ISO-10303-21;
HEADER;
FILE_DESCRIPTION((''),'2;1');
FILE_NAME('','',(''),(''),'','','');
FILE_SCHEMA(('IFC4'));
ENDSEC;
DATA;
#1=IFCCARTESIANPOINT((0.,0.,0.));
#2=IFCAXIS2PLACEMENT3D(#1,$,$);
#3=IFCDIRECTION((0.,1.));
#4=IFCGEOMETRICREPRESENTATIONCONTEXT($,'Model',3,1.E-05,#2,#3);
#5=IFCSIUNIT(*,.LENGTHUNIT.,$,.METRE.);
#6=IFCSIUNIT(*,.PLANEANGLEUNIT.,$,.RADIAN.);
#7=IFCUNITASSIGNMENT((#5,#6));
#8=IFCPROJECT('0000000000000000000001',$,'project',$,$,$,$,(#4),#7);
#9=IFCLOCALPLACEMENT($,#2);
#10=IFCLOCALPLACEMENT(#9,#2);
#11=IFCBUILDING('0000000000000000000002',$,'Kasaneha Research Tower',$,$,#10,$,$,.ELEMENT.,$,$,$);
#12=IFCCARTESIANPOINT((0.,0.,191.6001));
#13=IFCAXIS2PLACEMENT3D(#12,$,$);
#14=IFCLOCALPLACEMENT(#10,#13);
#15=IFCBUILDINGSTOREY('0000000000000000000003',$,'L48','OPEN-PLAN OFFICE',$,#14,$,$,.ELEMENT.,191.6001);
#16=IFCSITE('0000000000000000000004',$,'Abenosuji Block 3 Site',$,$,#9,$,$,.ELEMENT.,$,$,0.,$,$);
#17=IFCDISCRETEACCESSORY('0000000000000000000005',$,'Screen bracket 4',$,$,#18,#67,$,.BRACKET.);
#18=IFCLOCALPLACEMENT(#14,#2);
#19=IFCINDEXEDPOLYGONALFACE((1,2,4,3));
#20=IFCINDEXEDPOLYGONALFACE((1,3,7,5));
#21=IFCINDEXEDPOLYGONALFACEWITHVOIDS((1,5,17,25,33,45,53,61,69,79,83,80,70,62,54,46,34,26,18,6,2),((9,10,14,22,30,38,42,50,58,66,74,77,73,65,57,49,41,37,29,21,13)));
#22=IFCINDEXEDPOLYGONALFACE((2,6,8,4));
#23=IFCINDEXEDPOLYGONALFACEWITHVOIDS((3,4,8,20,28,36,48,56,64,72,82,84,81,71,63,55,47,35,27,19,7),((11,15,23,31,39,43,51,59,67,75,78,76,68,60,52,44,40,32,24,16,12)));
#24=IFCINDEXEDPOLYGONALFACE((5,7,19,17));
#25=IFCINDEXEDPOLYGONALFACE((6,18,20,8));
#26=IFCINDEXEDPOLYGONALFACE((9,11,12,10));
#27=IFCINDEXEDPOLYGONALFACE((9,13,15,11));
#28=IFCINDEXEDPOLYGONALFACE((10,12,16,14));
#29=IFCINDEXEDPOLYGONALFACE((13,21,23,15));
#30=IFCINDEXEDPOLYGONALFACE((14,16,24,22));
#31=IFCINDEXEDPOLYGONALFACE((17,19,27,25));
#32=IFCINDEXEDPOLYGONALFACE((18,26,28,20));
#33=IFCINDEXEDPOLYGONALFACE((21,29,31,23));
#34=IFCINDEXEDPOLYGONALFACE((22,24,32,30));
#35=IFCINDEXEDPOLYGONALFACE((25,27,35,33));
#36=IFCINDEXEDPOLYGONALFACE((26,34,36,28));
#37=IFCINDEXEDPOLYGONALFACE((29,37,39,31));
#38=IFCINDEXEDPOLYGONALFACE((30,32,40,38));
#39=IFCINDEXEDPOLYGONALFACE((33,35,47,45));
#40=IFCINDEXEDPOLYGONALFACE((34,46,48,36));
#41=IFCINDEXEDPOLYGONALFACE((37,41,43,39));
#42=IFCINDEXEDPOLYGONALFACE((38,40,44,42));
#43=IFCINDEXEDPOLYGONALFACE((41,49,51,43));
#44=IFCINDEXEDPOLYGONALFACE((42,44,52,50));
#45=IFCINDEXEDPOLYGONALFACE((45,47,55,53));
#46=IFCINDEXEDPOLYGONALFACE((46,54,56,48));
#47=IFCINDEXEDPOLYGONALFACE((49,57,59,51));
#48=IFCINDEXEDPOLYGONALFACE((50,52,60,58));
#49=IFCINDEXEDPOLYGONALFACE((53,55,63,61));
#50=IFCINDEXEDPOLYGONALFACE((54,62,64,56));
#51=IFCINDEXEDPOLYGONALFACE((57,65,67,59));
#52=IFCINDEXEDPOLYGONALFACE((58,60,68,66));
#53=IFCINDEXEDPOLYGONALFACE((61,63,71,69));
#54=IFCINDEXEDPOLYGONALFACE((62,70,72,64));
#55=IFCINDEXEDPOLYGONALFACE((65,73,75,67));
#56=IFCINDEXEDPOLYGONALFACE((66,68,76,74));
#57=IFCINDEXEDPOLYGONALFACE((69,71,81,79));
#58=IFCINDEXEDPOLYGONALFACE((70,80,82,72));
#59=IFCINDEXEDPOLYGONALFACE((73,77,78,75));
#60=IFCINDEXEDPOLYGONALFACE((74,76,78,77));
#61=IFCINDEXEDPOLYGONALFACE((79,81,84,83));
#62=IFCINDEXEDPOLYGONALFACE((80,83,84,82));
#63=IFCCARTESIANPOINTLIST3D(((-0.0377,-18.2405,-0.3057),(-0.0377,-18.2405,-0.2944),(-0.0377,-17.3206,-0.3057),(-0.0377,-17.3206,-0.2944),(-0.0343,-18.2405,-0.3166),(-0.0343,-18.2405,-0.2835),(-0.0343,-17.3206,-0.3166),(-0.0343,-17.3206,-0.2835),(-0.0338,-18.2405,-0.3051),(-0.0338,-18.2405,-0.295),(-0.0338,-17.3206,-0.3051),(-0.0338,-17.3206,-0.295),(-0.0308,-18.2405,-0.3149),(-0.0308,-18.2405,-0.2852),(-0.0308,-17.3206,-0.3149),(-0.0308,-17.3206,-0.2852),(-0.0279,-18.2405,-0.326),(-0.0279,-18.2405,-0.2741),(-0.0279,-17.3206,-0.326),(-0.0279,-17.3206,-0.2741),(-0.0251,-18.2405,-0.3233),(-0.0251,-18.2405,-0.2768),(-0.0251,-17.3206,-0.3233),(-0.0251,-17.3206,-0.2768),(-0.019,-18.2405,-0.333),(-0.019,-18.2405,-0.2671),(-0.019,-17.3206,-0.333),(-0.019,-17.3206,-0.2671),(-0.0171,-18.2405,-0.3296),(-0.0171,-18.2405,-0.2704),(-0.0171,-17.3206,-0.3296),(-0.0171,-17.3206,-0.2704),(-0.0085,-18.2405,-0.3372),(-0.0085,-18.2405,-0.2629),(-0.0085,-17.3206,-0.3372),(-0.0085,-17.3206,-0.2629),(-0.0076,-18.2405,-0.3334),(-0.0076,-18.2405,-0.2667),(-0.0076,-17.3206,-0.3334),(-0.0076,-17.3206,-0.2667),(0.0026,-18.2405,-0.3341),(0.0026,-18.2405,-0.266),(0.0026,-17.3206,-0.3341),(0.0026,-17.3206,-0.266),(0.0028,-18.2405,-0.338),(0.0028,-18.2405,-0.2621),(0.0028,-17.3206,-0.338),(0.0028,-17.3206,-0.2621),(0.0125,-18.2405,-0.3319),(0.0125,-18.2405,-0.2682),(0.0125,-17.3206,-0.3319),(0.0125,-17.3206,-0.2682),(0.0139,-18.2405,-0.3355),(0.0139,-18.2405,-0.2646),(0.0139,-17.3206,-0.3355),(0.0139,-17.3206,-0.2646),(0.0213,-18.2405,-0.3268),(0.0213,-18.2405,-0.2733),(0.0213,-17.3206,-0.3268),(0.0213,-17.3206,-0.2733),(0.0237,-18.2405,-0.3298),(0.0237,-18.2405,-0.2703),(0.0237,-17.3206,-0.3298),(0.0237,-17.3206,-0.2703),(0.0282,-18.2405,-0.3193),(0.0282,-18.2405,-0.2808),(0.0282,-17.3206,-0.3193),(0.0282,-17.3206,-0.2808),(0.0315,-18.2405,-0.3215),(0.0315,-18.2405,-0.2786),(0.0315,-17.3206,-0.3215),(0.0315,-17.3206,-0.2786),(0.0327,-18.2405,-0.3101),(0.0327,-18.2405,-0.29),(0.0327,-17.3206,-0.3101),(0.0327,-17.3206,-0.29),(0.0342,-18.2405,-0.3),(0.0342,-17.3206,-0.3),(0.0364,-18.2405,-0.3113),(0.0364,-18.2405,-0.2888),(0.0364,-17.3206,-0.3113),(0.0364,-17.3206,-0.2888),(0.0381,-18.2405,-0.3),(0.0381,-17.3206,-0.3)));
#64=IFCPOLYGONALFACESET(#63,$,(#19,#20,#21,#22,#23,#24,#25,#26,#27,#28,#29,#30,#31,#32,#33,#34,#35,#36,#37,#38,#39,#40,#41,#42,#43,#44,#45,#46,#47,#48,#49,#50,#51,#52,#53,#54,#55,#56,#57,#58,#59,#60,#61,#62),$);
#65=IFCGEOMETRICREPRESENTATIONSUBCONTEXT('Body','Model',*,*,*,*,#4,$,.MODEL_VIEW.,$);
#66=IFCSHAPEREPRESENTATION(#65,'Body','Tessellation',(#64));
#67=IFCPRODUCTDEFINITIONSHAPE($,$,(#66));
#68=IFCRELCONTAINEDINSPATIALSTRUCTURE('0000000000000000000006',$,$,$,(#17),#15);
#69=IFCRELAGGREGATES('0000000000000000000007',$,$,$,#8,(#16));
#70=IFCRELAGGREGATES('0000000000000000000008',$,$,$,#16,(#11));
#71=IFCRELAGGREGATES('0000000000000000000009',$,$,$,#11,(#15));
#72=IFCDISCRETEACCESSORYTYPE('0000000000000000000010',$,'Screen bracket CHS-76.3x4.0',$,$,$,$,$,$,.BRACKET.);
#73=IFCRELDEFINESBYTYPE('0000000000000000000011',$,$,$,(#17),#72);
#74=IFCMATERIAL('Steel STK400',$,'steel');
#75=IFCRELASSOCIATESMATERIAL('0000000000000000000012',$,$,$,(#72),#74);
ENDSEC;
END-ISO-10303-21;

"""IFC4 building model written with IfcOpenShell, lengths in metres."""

from ifc_helpers import new_model, si_unit, direction, frame, origin, origin_2d, place, context, subcontext, project, spatial, hollow_circle, extrude, material, material_profile, profile_set, type_object, element, save


model = new_model("IFC4")

# Units and contexts
model_context = context("Model", 3, precision=1e-05, world=origin(), true_north=direction((0.0, 1.0)))
body_context = subcontext(model_context, "Body", "Model", "MODEL_VIEW")
ifc_project = project(units=[si_unit("LENGTHUNIT", "METRE"), si_unit("PLANEANGLEUNIT", "RADIAN")], contexts=[model_context])

# Site, building, storey
site_placement = place(None, origin())
site = spatial("IfcSite", under=ifc_project, at=site_placement, Name="Abenosuji Block 3 Site", CompositionType="ELEMENT", RefElevation=0.0)
building_placement = place(site_placement, origin())
building = spatial("IfcBuilding", under=site, at=building_placement, Name="Kasaneha Research Tower", CompositionType="ELEMENT")
storey_placement = place(building_placement, frame((0.0, 0.0, 191.6001)))
storey = spatial("IfcBuildingStorey", under=building, at=storey_placement, Name="L48", Description="OPEN-PLAN OFFICE", CompositionType="ELEMENT", Elevation=191.6001)

# Discrete accessory
ifc_material_1 = material(Name="Steel STK400", Category="steel")
ifc_material_profile_1 = material_profile(ifc_material_1, hollow_circle(Radius=0.0381, WallThickness=0.0039, at=origin_2d()), Name="CHS-76.3x4.0")
ifc_profile_set_1 = profile_set([ifc_material_profile_1], Name="Steel STK400")
discrete_accessory_type = type_object("IfcDiscreteAccessoryType", Name="Screen bracket CHS-76.3x4.0", PredefinedType="BRACKET", material=ifc_profile_set_1)
for number, where, z_axis, x_axis, name in (
    (1, (0.0, -17.3206, -0.3), (0.0, -1.0, 0.0), (1.0, 0.0, 0.0), "Screen bracket 4"),
):
    element("IfcDiscreteAccessory", number, at=place(storey_placement, frame(where, z_axis=z_axis, x_axis=x_axis)), inside=storey, type_object=discrete_accessory_type, Name=name, PredefinedType="BRACKET", context=body_context, shape_type="SweptSolid", body=[
        extrude(hollow_circle(Radius=0.0381, WallThickness=0.0039, at=origin_2d()), origin(), (0.0, 0.0, 1.0), 0.9199),
    ])

save(model, "model.ifc")
